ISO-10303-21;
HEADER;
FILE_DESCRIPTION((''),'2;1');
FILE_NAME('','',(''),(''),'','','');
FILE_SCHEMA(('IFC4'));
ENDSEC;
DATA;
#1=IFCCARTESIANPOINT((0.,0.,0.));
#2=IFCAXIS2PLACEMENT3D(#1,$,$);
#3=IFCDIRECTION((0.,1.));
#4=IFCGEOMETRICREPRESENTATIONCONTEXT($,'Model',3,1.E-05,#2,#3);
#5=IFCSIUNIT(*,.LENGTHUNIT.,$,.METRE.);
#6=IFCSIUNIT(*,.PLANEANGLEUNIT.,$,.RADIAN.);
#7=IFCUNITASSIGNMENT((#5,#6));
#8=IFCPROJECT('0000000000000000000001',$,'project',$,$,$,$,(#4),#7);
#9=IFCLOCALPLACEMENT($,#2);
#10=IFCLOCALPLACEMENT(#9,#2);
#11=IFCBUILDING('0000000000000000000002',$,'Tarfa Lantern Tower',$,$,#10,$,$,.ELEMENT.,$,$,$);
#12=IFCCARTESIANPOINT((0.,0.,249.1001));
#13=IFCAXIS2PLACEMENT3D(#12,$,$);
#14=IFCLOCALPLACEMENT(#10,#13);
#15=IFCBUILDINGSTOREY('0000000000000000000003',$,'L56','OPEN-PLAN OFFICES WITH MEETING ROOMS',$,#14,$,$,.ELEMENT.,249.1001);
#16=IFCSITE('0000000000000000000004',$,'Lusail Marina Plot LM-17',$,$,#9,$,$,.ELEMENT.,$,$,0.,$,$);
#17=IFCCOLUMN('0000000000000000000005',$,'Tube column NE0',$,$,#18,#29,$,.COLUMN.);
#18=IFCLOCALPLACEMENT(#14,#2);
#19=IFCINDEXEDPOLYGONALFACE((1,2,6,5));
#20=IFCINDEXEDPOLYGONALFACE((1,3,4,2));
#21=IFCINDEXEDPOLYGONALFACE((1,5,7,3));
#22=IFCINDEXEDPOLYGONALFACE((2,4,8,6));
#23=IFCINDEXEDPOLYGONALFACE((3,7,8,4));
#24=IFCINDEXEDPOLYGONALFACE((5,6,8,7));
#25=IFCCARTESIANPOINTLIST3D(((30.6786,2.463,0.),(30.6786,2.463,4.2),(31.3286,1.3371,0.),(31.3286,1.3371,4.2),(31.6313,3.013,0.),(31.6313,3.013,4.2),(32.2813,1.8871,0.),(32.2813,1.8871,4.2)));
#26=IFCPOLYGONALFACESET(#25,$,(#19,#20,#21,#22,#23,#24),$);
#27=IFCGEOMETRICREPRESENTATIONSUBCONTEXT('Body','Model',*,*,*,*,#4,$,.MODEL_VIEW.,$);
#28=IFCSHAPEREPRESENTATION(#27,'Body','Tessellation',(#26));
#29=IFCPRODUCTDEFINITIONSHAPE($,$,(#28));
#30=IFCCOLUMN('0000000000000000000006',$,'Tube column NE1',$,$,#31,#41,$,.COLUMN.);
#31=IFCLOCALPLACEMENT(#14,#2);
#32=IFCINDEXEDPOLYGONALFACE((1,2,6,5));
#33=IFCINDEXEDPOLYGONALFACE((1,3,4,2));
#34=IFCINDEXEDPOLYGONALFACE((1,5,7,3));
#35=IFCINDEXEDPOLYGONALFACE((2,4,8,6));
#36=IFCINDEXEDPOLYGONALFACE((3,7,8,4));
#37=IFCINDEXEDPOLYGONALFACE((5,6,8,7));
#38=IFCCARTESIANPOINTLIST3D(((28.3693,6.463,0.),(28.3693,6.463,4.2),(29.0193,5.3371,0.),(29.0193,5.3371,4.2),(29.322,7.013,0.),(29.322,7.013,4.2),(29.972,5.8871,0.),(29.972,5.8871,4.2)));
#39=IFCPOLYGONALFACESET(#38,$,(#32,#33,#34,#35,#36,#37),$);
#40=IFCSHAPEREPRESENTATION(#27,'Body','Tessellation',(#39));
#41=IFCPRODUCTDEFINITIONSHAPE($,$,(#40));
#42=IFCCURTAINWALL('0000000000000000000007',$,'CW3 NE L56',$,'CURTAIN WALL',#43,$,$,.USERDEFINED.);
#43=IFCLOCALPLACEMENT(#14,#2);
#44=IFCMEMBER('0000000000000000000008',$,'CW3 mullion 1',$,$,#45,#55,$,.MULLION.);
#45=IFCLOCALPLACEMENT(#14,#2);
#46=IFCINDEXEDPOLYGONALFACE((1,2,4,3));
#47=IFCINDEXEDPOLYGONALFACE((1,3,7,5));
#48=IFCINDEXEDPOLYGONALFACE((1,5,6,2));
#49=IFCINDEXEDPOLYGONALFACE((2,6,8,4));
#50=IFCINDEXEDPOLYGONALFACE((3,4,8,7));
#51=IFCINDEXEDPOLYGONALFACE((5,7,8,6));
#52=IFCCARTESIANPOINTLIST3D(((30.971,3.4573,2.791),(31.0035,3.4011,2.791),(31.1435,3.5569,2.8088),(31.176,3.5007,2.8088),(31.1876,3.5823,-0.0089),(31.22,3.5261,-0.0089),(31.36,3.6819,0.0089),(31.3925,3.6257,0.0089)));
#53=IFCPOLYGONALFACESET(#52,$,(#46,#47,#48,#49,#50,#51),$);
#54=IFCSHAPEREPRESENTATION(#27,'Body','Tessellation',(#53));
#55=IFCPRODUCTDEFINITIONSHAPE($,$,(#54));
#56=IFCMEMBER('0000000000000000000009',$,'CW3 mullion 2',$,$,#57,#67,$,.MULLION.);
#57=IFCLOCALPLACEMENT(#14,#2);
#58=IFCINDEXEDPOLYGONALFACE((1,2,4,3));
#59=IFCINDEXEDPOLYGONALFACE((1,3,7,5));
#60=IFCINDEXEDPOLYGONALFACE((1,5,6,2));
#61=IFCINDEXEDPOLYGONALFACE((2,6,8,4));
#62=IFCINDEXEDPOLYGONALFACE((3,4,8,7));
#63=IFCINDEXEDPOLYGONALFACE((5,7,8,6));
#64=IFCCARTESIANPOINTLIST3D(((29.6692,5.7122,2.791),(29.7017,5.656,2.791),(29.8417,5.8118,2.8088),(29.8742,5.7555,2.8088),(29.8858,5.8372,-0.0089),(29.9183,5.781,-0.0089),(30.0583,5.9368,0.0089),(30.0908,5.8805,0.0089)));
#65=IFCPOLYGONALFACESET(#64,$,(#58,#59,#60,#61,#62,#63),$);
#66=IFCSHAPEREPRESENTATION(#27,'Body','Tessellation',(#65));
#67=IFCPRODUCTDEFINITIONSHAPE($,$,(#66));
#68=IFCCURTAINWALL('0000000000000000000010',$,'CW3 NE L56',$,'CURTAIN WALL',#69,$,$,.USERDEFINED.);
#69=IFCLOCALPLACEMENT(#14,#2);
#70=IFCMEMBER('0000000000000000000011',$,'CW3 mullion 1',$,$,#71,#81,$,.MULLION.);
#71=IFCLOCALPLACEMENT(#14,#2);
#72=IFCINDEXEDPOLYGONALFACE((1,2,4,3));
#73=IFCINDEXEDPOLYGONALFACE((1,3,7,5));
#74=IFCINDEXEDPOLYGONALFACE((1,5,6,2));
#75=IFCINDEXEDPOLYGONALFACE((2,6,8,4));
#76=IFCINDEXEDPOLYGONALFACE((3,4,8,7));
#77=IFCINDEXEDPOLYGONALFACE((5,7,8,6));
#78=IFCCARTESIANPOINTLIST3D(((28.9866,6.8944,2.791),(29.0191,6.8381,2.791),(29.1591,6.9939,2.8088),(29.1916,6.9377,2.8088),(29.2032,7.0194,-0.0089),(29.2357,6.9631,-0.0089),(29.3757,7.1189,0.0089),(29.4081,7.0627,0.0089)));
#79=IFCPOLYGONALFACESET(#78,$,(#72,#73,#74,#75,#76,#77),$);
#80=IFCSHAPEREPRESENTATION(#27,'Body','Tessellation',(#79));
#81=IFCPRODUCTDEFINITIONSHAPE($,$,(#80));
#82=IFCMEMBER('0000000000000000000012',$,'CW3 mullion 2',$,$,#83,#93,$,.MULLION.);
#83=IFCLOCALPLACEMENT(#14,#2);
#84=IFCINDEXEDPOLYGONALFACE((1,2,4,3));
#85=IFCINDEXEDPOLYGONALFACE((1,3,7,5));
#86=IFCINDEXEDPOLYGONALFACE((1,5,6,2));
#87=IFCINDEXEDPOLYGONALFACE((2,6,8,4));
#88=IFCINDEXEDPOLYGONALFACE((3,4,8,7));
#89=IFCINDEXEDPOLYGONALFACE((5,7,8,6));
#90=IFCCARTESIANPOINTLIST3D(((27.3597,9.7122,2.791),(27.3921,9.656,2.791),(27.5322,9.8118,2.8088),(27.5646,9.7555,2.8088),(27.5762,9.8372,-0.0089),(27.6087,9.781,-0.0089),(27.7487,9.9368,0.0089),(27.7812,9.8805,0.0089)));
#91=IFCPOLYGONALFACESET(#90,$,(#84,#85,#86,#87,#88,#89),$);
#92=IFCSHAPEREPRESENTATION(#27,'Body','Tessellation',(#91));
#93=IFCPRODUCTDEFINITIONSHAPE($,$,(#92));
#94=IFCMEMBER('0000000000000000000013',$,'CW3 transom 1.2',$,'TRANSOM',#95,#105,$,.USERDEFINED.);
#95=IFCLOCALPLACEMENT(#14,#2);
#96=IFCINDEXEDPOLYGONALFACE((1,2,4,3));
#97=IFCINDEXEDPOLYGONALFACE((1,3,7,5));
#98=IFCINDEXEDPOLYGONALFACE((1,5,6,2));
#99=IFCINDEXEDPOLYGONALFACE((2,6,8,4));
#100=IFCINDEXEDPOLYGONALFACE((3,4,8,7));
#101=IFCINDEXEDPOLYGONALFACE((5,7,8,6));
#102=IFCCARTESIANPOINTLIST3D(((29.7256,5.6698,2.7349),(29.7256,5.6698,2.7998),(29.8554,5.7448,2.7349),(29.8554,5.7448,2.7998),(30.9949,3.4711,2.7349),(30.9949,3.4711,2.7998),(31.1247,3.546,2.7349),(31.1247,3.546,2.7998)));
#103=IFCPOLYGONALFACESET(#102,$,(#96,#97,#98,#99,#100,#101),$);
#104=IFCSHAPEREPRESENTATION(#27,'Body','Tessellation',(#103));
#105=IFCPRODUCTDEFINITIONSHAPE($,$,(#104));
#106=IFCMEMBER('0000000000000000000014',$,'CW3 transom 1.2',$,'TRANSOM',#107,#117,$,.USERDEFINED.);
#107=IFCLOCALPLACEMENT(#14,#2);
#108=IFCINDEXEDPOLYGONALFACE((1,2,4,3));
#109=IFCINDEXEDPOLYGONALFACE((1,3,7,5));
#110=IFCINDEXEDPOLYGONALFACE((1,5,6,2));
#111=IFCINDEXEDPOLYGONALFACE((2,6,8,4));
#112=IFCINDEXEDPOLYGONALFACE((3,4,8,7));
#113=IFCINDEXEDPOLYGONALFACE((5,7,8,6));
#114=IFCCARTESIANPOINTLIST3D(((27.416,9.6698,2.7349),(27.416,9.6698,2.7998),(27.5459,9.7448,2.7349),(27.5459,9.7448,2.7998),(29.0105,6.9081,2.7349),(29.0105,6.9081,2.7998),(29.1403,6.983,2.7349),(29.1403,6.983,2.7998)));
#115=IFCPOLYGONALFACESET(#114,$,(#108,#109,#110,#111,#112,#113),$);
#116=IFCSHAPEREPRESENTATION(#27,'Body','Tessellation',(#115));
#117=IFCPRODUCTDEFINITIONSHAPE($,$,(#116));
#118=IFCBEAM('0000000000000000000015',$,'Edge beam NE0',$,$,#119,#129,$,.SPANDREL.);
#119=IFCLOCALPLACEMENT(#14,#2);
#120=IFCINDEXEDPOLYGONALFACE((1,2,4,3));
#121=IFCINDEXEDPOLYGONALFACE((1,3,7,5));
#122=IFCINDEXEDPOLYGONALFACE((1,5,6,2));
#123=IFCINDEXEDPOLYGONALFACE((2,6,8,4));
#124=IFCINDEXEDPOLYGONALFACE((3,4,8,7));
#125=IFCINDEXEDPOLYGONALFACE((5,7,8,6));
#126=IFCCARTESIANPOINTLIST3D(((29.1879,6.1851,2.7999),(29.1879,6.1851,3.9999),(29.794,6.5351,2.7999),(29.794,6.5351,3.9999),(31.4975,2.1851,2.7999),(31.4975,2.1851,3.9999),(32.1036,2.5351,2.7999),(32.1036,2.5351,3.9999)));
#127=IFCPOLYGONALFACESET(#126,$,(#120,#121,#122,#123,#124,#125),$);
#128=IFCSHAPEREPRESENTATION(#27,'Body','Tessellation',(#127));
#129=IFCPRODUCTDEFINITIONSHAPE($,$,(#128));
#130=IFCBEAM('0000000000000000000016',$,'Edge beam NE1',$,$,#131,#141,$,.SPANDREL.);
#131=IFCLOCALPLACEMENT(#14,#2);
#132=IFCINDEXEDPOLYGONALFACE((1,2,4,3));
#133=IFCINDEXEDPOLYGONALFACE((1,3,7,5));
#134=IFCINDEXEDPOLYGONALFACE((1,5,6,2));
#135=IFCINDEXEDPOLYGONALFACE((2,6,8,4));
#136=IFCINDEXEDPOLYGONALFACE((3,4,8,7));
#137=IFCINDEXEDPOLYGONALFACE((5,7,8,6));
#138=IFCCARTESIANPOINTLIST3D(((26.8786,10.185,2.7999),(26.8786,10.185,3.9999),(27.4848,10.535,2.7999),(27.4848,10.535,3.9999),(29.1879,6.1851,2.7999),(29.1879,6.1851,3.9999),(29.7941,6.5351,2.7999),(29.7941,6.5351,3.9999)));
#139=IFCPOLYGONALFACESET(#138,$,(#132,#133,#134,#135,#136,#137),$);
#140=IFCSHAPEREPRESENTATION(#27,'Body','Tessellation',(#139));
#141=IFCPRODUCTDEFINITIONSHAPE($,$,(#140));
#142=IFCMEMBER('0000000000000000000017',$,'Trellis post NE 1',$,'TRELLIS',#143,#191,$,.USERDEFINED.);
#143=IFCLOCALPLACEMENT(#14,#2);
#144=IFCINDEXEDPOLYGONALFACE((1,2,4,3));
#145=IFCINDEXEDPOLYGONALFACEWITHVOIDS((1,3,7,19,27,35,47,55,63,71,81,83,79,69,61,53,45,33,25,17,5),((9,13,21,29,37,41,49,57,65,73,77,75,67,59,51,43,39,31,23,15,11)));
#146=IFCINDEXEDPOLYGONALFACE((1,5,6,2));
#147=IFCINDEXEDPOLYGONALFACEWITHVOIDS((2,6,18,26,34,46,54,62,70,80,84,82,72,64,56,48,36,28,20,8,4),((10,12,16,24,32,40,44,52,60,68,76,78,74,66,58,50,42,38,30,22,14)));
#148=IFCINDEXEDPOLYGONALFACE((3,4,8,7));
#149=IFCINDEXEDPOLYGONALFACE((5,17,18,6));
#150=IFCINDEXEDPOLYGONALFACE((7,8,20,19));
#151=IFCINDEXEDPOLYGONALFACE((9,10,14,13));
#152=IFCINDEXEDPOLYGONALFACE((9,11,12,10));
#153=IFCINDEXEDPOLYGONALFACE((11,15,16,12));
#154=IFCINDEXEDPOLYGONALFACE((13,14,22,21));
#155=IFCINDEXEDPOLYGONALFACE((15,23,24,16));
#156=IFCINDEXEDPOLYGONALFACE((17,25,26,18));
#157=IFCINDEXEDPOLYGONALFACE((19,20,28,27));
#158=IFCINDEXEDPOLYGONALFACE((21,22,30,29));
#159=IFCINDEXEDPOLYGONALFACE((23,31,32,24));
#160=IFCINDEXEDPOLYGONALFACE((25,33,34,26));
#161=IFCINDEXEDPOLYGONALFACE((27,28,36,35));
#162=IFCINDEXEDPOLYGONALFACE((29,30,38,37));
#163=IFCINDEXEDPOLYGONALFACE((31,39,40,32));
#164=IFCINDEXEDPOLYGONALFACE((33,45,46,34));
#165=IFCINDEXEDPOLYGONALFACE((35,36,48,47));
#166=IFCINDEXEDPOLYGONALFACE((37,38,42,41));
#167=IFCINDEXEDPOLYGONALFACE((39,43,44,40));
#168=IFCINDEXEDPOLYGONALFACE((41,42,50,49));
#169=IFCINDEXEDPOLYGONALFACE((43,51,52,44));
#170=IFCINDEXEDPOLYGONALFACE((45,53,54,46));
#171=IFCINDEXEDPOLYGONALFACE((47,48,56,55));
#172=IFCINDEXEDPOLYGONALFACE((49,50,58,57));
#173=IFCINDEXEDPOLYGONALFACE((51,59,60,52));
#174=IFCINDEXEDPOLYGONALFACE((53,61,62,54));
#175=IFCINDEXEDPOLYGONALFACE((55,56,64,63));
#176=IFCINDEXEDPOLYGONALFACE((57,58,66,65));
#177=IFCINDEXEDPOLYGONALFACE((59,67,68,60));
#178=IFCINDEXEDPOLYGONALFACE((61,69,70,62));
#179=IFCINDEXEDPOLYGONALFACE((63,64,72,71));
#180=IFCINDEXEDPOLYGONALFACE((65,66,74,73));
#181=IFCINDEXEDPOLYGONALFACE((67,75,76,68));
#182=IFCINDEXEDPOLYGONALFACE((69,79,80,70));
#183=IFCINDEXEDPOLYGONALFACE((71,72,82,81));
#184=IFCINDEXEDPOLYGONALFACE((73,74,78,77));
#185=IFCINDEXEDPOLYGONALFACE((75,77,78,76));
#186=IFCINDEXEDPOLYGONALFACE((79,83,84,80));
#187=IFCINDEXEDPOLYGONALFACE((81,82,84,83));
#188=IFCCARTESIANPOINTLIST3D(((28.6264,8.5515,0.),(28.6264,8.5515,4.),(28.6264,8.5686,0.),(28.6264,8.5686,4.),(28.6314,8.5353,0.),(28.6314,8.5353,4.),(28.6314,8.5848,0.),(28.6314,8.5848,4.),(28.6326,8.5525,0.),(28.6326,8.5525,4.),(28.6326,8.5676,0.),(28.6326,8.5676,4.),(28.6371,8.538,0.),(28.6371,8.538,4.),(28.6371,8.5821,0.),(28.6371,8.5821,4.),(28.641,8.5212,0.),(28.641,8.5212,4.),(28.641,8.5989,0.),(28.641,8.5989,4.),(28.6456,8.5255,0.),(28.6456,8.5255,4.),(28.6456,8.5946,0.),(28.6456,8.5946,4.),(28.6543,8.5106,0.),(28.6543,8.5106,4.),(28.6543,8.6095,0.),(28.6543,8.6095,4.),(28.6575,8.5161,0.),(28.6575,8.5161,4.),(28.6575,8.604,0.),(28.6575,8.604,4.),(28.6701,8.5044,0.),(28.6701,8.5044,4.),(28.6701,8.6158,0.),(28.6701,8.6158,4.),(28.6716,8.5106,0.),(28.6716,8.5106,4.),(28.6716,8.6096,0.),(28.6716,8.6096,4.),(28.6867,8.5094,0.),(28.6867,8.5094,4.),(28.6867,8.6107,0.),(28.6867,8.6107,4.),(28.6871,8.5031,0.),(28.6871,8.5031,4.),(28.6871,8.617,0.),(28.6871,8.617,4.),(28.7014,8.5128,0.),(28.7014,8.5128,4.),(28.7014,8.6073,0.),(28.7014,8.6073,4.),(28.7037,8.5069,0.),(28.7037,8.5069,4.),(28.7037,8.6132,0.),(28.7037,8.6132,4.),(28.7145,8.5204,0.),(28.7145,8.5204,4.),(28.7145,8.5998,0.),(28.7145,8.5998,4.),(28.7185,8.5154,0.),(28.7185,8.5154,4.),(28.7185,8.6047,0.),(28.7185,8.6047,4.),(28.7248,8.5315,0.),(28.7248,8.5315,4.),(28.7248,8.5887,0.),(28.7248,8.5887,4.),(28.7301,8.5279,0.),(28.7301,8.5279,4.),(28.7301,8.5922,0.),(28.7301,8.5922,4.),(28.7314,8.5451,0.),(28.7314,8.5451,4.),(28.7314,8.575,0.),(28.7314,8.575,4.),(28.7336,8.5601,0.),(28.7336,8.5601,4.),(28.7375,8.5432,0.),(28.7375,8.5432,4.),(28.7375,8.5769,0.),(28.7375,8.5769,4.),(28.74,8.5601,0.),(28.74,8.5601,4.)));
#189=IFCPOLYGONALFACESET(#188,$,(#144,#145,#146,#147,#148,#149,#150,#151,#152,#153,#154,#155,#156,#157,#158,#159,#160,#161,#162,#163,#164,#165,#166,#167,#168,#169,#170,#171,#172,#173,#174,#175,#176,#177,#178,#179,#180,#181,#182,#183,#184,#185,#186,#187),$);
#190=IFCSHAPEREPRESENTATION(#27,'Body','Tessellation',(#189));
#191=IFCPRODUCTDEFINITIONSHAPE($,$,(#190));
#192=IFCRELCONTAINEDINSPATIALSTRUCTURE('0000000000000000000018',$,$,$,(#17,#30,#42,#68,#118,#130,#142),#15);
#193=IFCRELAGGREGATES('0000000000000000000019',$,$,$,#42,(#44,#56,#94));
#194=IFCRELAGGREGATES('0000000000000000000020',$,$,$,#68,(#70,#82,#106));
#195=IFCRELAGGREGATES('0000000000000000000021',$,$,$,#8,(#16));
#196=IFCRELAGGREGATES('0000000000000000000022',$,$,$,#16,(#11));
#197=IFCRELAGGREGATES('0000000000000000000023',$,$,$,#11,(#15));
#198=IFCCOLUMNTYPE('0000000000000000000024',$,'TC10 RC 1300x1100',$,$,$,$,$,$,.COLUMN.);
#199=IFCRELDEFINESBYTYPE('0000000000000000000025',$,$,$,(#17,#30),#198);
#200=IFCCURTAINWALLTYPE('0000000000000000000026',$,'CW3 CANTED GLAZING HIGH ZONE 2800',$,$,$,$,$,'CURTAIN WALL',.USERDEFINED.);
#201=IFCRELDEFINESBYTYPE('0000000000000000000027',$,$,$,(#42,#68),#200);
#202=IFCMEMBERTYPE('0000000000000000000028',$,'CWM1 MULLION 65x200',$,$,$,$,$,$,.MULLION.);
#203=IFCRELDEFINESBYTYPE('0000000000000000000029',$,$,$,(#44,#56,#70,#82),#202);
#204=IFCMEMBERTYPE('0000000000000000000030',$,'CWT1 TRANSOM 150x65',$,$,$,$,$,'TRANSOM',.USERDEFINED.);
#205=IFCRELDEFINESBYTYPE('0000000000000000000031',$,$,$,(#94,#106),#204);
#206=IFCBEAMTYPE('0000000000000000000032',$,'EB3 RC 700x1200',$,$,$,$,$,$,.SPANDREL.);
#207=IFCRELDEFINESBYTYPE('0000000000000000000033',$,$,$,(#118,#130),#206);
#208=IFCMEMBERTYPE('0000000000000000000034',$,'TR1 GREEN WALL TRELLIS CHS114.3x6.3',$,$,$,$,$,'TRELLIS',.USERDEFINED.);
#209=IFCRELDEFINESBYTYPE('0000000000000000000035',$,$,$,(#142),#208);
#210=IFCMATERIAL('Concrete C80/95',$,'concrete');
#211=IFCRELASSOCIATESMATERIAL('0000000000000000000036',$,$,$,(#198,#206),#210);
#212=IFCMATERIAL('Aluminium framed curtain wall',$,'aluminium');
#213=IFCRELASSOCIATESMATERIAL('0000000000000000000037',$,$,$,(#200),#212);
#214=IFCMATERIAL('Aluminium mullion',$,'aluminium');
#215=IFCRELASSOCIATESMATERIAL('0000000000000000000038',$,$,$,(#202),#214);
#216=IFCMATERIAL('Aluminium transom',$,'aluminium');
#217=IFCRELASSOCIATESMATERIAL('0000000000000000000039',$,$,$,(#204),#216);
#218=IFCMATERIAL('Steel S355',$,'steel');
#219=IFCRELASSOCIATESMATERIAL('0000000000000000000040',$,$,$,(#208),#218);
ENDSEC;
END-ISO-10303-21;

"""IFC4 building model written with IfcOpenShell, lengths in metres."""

from ifc_helpers import new_model, si_unit, direction, frame, origin, origin_2d, place, context, subcontext, project, spatial, rectangle, hollow_circle, extrude, material, material_profile, profile_set, type_object, element, aggregate, save


model = new_model("IFC4")

# Units and contexts
model_context = context("Model", 3, precision=1e-05, world=origin(), true_north=direction((0.0, 1.0)))
body_context = subcontext(model_context, "Body", "Model", "MODEL_VIEW")
ifc_project = project(units=[si_unit("LENGTHUNIT", "METRE"), si_unit("PLANEANGLEUNIT", "RADIAN")], contexts=[model_context])

# Site, building, storey
site_placement = place(None, origin())
site = spatial("IfcSite", under=ifc_project, at=site_placement, Name="Lusail Marina Plot LM-17", CompositionType="ELEMENT", RefElevation=0.0)
building_placement = place(site_placement, origin())
building = spatial("IfcBuilding", under=site, at=building_placement, Name="Tarfa Lantern Tower", CompositionType="ELEMENT")
storey_placement = place(building_placement, frame((0.0, 0.0, 249.1001)))
storey = spatial("IfcBuildingStorey", under=building, at=storey_placement, Name="L56", Description="OPEN-PLAN OFFICES WITH MEETING ROOMS", CompositionType="ELEMENT", Elevation=249.1001)

# Columns
ifc_material_1 = material(Name="Concrete C80/95", Category="concrete")
ifc_material_profile_1 = material_profile(ifc_material_1, rectangle(XDim=1.3, YDim=1.1001, at=origin_2d()), Name="RC 1300x1100")
ifc_profile_set_1 = profile_set([ifc_material_profile_1], Name="Concrete C80/95")
column_type = type_object("IfcColumnType", Name="TC10 RC 1300x1100", PredefinedType="COLUMN", material=ifc_profile_set_1)
for number, where, z_axis, x_axis, name in (
    (1, (31.48, 2.175, 0.0), (0.0, 0.0, 1.0), (-0.5, 0.866025, 0.0), "Tube column NE0"),
    (2, (29.1707, 6.175, 0.0), (0.0, 0.0, 1.0), (-0.5, 0.866025, 0.0), "Tube column NE1"),
):
    element("IfcColumn", number, at=place(storey_placement, frame(where, z_axis=z_axis, x_axis=x_axis)), inside=storey, type_object=column_type, Name=name, PredefinedType="COLUMN", context=body_context, shape_type="SweptSolid", body=[
        extrude(rectangle(XDim=1.3, YDim=1.1001, at=origin_2d()), origin(), (0.0, 0.0, 1.0), 4.2),
    ])

# Curtain walls, members
ifc_material_2 = material(Name="Aluminium framed curtain wall", Category="aluminium")
curtain_wall_type = type_object("IfcCurtainWallType", Name="CW3 CANTED GLAZING HIGH ZONE 2800", ElementType="CURTAIN WALL", PredefinedType="USERDEFINED", material=ifc_material_2)
curtain_wall_1_placement = place(storey_placement, origin())
curtain_wall_1 = element("IfcCurtainWall", 3, at=curtain_wall_1_placement, inside=storey, type_object=curtain_wall_type, Name="CW3 NE L56", ObjectType="CURTAIN WALL", PredefinedType="USERDEFINED")
ifc_material_3 = material(Name="Aluminium mullion", Category="aluminium")
ifc_material_profile_2 = material_profile(ifc_material_3, rectangle(XDim=0.0649, YDim=0.2, at=origin_2d()), Name="AL MULLION 65x200")
ifc_profile_set_2 = profile_set([ifc_material_profile_2], Name="Aluminium mullion")
member_type_1 = type_object("IfcMemberType", Name="CWM1 MULLION 65x200", PredefinedType="MULLION", material=ifc_profile_set_2)
member_1_placement = place(storey_placement, frame((31.29, 3.604, 0.0), z_axis=(-0.077039, -0.044469, 0.996036), x_axis=(0.49992, -0.866072, 0.0)))
member_1 = element("IfcMember", 4, at=member_1_placement, type_object=member_type_1, Name="CW3 mullion 1", PredefinedType="MULLION", context=body_context, shape_type="SweptSolid", body=[
    extrude(rectangle(XDim=0.0649, YDim=0.2, at=origin_2d()), origin(), (0.0, 0.0, 1.0), 2.811),
])
member_2_placement = place(storey_placement, frame((29.9883, 5.8589, 0.0), z_axis=(-0.077039, -0.044469, 0.996036), x_axis=(0.49992, -0.866072, 0.0)))
member_2 = element("IfcMember", 5, at=member_2_placement, type_object=member_type_1, Name="CW3 mullion 2", PredefinedType="MULLION", context=body_context, shape_type="SweptSolid", body=[
    extrude(rectangle(XDim=0.0649, YDim=0.2, at=origin_2d()), origin(), (0.0, 0.0, 1.0), 2.811),
])
curtain_wall_2_placement = place(storey_placement, origin())
curtain_wall_2 = element("IfcCurtainWall", 6, at=curtain_wall_2_placement, inside=storey, type_object=curtain_wall_type, Name="CW3 NE L56", ObjectType="CURTAIN WALL", PredefinedType="USERDEFINED")
member_3_placement = place(storey_placement, frame((29.3057, 7.041, 0.0), z_axis=(-0.077039, -0.044469, 0.996036), x_axis=(0.49992, -0.866072, 0.0)))
member_3 = element("IfcMember", 7, at=member_3_placement, type_object=member_type_1, Name="CW3 mullion 1", PredefinedType="MULLION", context=body_context, shape_type="SweptSolid", body=[
    extrude(rectangle(XDim=0.0649, YDim=0.2, at=origin_2d()), origin(), (0.0, 0.0, 1.0), 2.811),
])
member_4_placement = place(storey_placement, frame((27.6787, 9.8589, 0.0), z_axis=(-0.077039, -0.044469, 0.996036), x_axis=(0.49992, -0.866072, 0.0)))
member_4 = element("IfcMember", 8, at=member_4_placement, type_object=member_type_1, Name="CW3 mullion 2", PredefinedType="MULLION", context=body_context, shape_type="SweptSolid", body=[
    extrude(rectangle(XDim=0.0649, YDim=0.2, at=origin_2d()), origin(), (0.0, 0.0, 1.0), 2.811),
])

# Members
ifc_material_4 = material(Name="Aluminium transom", Category="aluminium")
ifc_material_profile_3 = material_profile(ifc_material_4, rectangle(XDim=0.1499, YDim=0.0649, at=origin_2d()), Name="AL TRANSOM 150x65")
ifc_profile_set_3 = profile_set([ifc_material_profile_3], Name="Aluminium transom")
member_type_2 = type_object("IfcMemberType", Name="CWT1 TRANSOM 150x65", ElementType="TRANSOM", PredefinedType="USERDEFINED", material=ifc_profile_set_3)
member_5_placement = place(storey_placement, frame((31.0598, 3.5085, 2.7673), z_axis=(-0.499956, 0.866051, 0.0), x_axis=(-0.866051, -0.499956, 0.0)))
member_5 = element("IfcMember", 9, at=member_5_placement, type_object=member_type_2, Name="CW3 transom 1.2", ObjectType="TRANSOM", PredefinedType="USERDEFINED", context=body_context, shape_type="SweptSolid", body=[
    extrude(rectangle(XDim=0.1499, YDim=0.0649, at=origin_2d()), origin(), (0.0, 0.0, 1.0), 2.5388),
])
member_6_placement = place(storey_placement, frame((29.0754, 6.9456, 2.7673), z_axis=(-0.500001, 0.866025, 0.0), x_axis=(-0.866025, -0.500001, 0.0)))
member_6 = element("IfcMember", 10, at=member_6_placement, type_object=member_type_2, Name="CW3 transom 1.2", ObjectType="TRANSOM", PredefinedType="USERDEFINED", context=body_context, shape_type="SweptSolid", body=[
    extrude(rectangle(XDim=0.1499, YDim=0.0649, at=origin_2d()), origin(), (0.0, 0.0, 1.0), 3.189),
])

# Beams
ifc_material_profile_4 = material_profile(ifc_material_1, rectangle(XDim=0.7, YDim=1.2, at=origin_2d()), Name="RC 700x1200")
ifc_profile_set_4 = profile_set([ifc_material_profile_4], Name="Concrete C80/95")
beam_type_1 = type_object("IfcBeamType", Name="EB3 RC 700x1200", PredefinedType="SPANDREL", material=ifc_profile_set_4)
beam_1_placement = place(storey_placement, frame((31.8005, 2.3601, 3.3999), z_axis=(-0.500027, 0.86601, 0.0), x_axis=(-0.86601, -0.500027, 0.0)))
element("IfcBeam", 11, at=beam_1_placement, inside=storey, type_object=beam_type_1, Name="Edge beam NE0", PredefinedType="SPANDREL", context=body_context, shape_type="SweptSolid", body=[
    extrude(rectangle(XDim=0.7, YDim=1.2, at=origin_2d()), origin(), (0.0, 0.0, 1.0), 4.6189),
])
beam_2_placement = place(storey_placement, frame((29.491, 6.3601, 3.3999), z_axis=(-0.499988, 0.866032, 0.0), x_axis=(-0.866032, -0.499988, 0.0)))
element("IfcBeam", 12, at=beam_2_placement, inside=storey, type_object=beam_type_1, Name="Edge beam NE1", PredefinedType="SPANDREL", context=body_context, shape_type="SweptSolid", body=[
    extrude(rectangle(XDim=0.7, YDim=1.2, at=origin_2d()), origin(), (0.0, 0.0, 1.0), 4.6187),
])

# Member
ifc_material_5 = material(Name="Steel S355", Category="steel")
ifc_material_profile_5 = material_profile(ifc_material_5, hollow_circle(Radius=0.0571, WallThickness=0.0063, at=origin_2d()), Name="CHS114.3x6.3")
ifc_profile_set_5 = profile_set([ifc_material_profile_5], Name="Steel S355")
member_type_3 = type_object("IfcMemberType", Name="TR1 GREEN WALL TRELLIS CHS114.3x6.3", ElementType="TRELLIS", PredefinedType="USERDEFINED", material=ifc_profile_set_5)
member_7_placement = place(storey_placement, frame((28.6829, 8.5601, 0.0), z_axis=(0.0, 0.0, 1.0), x_axis=(1.0, 0.0, 0.0)))
element("IfcMember", 13, at=member_7_placement, inside=storey, type_object=member_type_3, Name="Trellis post NE 1", ObjectType="TRELLIS", PredefinedType="USERDEFINED", context=body_context, shape_type="SweptSolid", body=[
    extrude(hollow_circle(Radius=0.0571, WallThickness=0.0063, at=origin_2d()), origin(), (0.0, 0.0, 1.0), 4.0),
])

aggregate(curtain_wall_1, [member_1, member_2, member_5])
aggregate(curtain_wall_2, [member_3, member_4, member_6])

save(model, "model.ifc")
